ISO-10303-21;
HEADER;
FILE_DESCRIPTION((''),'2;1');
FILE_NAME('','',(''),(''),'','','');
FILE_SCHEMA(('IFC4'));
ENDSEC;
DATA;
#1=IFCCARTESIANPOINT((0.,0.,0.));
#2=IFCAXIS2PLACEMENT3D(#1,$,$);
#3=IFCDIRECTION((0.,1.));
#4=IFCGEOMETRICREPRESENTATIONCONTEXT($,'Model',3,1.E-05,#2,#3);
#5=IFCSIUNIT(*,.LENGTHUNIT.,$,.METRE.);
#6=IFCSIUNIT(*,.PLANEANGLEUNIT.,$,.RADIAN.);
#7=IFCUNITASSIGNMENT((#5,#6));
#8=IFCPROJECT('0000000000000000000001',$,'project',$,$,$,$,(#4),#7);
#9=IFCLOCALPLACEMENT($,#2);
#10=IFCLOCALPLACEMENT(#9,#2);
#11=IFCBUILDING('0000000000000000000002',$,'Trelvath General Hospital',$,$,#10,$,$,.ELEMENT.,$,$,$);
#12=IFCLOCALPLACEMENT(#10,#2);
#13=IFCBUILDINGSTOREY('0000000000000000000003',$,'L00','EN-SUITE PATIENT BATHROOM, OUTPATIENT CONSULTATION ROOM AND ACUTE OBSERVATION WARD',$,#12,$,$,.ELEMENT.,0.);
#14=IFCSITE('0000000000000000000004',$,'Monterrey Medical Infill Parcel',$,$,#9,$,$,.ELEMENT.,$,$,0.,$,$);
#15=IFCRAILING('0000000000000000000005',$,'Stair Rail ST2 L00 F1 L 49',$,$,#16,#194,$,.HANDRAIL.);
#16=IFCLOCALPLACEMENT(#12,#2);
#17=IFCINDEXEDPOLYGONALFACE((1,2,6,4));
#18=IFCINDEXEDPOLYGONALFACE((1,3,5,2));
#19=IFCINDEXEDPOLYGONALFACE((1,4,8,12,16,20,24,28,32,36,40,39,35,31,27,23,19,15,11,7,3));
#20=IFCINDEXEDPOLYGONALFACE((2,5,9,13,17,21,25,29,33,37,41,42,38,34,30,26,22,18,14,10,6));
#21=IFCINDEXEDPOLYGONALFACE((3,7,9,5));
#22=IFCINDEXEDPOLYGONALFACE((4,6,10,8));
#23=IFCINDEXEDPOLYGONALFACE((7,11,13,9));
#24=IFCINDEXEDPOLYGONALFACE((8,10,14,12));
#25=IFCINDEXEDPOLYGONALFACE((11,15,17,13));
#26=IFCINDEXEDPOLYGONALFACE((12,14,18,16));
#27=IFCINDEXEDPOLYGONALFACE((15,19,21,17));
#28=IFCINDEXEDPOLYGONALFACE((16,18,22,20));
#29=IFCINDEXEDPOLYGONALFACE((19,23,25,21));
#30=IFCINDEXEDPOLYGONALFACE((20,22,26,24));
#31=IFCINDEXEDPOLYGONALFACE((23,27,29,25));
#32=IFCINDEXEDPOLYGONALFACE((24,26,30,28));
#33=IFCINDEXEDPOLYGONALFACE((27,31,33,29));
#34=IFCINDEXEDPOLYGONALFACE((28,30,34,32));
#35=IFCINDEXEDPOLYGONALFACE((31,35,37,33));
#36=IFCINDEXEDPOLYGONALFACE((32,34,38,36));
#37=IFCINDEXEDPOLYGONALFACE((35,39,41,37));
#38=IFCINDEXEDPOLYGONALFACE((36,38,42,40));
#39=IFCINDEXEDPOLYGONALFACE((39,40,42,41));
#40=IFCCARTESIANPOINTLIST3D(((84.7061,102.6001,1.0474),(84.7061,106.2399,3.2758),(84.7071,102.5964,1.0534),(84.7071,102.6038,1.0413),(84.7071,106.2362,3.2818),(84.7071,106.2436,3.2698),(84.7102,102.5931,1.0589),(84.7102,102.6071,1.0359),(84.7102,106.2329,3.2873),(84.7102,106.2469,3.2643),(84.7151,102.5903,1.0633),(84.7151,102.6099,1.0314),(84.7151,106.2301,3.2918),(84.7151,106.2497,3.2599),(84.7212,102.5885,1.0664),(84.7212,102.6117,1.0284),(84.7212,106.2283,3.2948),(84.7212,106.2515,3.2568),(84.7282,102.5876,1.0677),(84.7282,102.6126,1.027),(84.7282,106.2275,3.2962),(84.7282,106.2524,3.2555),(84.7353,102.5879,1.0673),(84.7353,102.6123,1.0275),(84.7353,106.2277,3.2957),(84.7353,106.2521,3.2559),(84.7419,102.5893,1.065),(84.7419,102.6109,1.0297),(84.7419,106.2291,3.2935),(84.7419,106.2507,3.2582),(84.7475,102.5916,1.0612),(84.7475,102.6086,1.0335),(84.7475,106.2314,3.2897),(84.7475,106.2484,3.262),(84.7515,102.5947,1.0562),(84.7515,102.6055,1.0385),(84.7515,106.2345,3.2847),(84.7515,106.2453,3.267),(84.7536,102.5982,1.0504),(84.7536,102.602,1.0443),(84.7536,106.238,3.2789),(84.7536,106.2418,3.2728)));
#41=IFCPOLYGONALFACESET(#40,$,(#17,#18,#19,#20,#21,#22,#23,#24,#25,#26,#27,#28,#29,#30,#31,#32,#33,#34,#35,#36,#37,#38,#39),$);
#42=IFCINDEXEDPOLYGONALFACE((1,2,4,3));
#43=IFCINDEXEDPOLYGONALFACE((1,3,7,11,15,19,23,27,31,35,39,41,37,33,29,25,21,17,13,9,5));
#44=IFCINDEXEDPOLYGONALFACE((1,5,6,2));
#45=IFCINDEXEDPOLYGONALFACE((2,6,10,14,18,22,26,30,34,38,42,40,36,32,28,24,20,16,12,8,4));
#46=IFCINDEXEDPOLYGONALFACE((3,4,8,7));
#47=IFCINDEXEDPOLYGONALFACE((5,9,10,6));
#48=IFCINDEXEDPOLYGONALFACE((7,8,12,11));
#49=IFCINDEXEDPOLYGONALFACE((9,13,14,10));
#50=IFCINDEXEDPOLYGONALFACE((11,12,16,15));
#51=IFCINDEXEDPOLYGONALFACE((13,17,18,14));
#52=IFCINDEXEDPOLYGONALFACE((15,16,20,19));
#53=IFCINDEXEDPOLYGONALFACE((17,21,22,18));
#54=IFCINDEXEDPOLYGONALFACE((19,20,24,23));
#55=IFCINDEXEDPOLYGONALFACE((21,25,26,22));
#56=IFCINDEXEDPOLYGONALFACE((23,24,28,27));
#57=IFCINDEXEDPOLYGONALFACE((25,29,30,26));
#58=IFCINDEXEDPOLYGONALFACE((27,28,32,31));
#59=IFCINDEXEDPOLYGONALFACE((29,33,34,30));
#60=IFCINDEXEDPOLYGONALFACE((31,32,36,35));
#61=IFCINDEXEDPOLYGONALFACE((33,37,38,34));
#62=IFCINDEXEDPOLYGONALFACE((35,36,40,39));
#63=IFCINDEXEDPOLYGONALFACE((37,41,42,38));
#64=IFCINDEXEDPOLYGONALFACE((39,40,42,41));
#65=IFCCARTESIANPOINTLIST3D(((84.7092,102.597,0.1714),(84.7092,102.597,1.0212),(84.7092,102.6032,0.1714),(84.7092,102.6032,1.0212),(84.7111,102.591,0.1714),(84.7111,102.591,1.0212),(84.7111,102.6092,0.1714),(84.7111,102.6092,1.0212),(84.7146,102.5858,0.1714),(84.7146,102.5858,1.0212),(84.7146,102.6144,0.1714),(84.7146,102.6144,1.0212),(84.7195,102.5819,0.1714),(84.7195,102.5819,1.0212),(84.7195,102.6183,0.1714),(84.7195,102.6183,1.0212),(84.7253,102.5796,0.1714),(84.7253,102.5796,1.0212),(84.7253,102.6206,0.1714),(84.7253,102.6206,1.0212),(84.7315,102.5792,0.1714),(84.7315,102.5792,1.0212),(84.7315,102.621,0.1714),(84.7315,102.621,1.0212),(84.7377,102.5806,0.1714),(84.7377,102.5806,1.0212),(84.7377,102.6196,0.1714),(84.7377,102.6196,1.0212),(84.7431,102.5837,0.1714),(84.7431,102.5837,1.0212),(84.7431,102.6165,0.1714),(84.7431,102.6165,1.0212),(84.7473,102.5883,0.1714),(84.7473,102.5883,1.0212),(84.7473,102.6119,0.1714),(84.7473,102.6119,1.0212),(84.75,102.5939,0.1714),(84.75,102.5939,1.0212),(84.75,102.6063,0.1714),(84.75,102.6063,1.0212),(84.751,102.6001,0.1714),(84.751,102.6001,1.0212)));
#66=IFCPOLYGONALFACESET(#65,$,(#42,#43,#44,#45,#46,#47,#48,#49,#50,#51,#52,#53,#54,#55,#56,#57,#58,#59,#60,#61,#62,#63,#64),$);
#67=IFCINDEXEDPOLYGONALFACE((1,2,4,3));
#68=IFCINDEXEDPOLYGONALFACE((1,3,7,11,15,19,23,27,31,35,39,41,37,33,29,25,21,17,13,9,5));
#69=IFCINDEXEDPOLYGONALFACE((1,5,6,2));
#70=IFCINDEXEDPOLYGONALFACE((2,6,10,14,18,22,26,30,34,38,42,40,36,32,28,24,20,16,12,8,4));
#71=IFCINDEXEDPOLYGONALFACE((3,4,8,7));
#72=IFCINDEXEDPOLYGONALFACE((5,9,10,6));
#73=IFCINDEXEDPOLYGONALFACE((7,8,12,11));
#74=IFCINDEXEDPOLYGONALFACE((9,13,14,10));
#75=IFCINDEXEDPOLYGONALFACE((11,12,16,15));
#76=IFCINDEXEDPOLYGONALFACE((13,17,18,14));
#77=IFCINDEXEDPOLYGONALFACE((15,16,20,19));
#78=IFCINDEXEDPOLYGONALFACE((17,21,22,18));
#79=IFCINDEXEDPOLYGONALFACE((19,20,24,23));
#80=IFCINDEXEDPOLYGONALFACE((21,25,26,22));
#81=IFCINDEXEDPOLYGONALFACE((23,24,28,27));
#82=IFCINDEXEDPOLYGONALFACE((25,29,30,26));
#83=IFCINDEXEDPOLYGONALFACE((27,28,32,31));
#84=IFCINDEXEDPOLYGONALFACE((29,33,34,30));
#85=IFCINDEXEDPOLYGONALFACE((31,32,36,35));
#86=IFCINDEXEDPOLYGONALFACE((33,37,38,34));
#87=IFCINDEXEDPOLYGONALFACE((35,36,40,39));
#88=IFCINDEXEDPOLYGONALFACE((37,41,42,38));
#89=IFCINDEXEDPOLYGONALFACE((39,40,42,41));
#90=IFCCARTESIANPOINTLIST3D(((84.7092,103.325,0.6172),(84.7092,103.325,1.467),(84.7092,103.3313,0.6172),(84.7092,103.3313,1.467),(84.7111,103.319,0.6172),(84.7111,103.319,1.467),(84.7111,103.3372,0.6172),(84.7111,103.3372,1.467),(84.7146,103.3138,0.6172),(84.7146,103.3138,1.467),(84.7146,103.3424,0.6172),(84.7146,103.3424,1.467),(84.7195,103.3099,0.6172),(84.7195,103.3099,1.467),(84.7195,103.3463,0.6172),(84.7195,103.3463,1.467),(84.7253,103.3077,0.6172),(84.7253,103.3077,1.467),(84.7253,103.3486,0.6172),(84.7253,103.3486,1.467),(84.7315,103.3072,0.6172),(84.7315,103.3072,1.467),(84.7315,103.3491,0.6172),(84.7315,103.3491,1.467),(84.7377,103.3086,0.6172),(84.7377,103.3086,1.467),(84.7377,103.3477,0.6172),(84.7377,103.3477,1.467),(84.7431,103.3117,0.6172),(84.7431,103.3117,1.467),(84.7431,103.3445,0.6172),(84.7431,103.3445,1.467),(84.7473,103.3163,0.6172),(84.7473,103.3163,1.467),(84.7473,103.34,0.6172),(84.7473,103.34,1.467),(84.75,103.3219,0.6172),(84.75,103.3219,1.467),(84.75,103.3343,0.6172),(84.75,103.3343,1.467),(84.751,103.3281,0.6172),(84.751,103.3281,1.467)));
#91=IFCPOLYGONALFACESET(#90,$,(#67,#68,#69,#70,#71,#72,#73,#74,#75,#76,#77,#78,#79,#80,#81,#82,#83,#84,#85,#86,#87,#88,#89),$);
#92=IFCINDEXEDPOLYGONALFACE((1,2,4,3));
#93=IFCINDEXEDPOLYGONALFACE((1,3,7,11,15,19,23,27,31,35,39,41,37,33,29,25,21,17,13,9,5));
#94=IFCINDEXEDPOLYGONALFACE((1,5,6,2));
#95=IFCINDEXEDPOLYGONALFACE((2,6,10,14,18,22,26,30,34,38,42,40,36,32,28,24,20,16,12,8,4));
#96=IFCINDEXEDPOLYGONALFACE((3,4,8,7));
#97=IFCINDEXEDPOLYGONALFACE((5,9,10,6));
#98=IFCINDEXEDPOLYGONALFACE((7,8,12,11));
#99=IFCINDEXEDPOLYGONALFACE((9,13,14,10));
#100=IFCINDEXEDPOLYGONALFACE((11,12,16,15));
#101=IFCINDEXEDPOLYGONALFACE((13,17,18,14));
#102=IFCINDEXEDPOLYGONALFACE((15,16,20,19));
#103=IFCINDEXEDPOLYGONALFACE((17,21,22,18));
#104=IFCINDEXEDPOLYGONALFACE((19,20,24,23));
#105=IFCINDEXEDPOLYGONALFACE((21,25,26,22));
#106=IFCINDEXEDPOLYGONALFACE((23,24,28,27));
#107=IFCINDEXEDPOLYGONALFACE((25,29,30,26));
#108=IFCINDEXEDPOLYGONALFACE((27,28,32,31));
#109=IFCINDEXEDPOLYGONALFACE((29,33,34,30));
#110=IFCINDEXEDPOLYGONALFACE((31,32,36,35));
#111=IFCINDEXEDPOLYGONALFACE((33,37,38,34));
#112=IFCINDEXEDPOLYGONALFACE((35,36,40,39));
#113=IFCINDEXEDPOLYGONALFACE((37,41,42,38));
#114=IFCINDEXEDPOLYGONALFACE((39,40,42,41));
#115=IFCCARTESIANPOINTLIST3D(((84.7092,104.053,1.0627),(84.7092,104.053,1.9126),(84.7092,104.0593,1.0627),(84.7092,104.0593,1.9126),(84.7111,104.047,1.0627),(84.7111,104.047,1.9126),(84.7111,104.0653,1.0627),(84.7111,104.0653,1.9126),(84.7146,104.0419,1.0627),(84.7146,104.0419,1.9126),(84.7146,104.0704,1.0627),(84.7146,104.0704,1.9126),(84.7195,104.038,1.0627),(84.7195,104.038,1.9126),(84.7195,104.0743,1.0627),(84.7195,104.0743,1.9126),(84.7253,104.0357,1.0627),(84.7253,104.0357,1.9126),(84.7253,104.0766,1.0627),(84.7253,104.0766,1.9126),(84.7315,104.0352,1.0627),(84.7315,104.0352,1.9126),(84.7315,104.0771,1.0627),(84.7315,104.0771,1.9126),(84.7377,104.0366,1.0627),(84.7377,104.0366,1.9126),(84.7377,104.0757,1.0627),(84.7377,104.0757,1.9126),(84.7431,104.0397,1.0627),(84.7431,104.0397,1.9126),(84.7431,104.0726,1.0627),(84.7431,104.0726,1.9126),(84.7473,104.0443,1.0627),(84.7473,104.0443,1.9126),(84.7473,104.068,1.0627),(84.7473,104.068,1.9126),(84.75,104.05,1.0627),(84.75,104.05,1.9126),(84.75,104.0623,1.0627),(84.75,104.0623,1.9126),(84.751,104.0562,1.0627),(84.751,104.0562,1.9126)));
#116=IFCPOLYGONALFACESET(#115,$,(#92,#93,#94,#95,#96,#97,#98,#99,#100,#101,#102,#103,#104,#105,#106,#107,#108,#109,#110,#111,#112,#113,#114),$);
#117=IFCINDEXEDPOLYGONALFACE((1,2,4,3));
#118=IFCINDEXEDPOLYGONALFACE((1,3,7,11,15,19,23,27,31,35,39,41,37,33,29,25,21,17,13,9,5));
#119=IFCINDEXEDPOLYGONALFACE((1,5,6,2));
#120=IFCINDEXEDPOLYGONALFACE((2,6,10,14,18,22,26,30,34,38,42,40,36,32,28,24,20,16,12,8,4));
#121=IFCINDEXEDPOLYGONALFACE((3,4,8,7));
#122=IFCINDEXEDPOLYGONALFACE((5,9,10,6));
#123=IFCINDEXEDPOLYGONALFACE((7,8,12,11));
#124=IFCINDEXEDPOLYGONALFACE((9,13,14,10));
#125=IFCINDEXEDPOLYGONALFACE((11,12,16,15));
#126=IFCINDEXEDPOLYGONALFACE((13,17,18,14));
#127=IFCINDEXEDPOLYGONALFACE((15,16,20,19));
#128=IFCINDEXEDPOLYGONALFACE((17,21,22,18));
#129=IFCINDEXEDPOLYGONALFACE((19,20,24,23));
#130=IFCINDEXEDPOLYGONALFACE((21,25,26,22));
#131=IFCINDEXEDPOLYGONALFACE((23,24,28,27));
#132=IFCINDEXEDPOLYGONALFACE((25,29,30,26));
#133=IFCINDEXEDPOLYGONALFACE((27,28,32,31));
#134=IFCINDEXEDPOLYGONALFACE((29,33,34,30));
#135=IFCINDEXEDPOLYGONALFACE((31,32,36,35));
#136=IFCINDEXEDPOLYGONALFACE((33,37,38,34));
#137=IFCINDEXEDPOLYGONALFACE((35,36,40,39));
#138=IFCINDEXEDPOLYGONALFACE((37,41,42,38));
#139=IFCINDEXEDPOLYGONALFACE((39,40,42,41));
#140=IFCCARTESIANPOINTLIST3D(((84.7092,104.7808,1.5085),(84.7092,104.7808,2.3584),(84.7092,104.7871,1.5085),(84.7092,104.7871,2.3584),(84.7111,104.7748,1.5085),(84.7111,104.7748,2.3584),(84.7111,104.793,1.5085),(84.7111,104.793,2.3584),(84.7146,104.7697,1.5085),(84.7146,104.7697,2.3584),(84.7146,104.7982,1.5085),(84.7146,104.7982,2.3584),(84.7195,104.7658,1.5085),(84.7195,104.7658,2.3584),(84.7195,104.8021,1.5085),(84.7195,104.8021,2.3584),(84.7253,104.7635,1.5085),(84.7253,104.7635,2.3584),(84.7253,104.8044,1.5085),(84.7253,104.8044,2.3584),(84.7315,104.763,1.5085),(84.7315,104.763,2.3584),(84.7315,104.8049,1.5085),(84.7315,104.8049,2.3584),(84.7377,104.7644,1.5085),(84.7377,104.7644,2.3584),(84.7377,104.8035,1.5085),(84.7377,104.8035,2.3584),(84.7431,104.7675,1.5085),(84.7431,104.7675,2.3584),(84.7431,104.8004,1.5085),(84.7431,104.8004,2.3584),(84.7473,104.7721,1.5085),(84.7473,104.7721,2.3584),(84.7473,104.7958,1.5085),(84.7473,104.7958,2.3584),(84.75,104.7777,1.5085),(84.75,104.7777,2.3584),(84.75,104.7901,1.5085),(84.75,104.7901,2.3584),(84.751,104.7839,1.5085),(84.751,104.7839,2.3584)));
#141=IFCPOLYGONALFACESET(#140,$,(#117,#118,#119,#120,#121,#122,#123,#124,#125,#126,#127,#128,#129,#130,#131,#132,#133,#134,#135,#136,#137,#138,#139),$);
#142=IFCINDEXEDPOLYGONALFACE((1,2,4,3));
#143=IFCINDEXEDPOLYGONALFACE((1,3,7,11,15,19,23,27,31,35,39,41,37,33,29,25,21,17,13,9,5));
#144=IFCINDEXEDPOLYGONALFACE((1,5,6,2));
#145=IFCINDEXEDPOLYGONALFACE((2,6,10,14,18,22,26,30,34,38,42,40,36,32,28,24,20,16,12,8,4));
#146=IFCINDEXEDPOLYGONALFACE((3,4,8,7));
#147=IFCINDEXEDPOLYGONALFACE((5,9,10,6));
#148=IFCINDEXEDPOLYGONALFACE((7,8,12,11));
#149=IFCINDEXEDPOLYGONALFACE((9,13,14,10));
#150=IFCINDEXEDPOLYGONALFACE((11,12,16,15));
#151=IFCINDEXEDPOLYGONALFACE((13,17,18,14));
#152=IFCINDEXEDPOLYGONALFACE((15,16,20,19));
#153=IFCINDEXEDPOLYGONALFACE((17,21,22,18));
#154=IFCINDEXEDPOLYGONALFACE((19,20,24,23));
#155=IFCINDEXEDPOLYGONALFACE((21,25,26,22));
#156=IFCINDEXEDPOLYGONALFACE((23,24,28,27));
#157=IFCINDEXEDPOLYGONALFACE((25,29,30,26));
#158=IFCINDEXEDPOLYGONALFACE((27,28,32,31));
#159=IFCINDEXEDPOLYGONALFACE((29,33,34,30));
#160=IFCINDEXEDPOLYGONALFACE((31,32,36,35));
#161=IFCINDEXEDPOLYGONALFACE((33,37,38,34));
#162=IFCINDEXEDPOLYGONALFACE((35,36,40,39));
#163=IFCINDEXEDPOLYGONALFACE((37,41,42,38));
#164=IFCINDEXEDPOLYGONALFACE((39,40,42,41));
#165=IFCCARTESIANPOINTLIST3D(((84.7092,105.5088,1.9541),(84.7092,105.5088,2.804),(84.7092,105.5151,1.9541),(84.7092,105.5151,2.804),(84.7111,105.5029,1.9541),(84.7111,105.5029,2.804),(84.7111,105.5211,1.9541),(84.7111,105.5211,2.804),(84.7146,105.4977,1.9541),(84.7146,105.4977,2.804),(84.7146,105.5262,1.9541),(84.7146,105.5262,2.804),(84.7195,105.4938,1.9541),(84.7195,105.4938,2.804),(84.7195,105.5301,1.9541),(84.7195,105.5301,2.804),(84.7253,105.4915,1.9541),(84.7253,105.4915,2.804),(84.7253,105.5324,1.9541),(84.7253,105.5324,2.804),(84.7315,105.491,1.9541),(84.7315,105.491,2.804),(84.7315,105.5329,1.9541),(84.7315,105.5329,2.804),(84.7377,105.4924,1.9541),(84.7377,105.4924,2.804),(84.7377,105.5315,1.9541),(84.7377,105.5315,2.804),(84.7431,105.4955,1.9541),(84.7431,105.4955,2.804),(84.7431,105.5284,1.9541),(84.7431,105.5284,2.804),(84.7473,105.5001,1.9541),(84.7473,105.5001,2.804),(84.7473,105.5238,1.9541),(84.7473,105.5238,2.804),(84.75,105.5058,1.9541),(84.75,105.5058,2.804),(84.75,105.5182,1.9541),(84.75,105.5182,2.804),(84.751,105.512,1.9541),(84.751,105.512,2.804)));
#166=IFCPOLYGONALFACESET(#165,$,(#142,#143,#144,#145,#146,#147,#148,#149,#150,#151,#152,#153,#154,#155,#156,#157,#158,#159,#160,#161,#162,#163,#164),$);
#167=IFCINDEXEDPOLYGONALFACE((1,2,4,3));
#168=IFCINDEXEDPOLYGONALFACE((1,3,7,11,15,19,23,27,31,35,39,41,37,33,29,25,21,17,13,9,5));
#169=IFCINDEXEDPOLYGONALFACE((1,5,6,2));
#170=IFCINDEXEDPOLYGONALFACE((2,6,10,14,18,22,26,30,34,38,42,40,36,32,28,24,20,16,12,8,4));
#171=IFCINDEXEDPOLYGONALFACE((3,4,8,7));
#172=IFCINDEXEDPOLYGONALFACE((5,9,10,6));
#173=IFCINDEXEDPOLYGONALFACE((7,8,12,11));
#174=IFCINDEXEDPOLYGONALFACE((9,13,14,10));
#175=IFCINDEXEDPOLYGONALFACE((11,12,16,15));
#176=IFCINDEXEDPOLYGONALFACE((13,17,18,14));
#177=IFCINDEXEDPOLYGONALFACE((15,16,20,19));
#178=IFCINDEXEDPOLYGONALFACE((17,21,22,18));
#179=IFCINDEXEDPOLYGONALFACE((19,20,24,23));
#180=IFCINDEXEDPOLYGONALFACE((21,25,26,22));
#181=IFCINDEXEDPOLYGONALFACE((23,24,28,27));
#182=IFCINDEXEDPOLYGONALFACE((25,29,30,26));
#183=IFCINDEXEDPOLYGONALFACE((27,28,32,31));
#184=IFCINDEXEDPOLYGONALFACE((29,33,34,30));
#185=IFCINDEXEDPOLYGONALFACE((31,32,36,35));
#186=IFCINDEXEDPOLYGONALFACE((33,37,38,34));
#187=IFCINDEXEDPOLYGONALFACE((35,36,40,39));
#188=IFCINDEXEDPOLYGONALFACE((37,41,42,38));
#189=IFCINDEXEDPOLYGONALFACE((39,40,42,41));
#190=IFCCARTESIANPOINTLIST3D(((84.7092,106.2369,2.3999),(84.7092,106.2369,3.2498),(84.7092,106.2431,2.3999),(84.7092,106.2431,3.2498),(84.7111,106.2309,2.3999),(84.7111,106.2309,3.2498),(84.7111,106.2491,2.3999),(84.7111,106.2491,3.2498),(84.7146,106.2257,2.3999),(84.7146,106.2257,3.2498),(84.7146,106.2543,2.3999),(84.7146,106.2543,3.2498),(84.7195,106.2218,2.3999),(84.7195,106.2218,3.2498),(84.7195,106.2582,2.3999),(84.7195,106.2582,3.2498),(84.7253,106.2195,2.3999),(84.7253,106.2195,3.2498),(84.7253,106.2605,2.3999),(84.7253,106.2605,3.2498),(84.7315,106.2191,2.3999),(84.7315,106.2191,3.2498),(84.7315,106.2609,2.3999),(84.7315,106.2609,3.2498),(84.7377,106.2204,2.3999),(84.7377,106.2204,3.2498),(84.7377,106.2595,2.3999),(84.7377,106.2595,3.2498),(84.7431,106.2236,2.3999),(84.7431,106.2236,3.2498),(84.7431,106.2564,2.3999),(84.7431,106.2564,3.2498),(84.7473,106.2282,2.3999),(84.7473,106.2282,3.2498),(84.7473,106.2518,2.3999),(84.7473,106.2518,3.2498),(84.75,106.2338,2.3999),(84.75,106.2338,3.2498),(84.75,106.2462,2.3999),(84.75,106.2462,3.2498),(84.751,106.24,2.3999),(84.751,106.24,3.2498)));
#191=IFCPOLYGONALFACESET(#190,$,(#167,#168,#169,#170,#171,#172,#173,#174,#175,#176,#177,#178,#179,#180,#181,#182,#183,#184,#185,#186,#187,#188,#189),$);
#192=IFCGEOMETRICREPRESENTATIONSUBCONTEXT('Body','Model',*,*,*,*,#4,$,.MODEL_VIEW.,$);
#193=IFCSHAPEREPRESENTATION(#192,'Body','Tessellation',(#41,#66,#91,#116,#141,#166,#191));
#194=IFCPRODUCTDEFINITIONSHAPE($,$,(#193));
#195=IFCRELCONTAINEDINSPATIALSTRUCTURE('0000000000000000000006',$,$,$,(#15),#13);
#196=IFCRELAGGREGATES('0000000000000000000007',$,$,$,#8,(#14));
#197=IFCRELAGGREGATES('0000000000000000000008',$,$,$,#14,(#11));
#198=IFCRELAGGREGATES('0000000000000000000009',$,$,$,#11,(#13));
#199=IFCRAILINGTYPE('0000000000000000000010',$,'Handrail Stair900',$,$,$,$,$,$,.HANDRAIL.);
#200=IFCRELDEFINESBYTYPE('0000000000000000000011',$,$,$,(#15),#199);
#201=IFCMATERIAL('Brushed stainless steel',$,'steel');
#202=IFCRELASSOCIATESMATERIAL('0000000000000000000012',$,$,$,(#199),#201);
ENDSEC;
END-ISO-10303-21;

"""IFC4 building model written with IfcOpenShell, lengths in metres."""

from ifc_helpers import new_model, si_unit, direction, frame, origin, origin_2d, place, context, subcontext, project, spatial, circle, extrude, material, type_object, element, save


model = new_model("IFC4")

# Units and contexts
model_context = context("Model", 3, precision=1e-05, world=origin(), true_north=direction((0.0, 1.0)))
body_context = subcontext(model_context, "Body", "Model", "MODEL_VIEW")
ifc_project = project(units=[si_unit("LENGTHUNIT", "METRE"), si_unit("PLANEANGLEUNIT", "RADIAN")], contexts=[model_context])

# Site, building, storey
site_placement = place(None, origin())
site = spatial("IfcSite", under=ifc_project, at=site_placement, Name="Monterrey Medical Infill Parcel", CompositionType="ELEMENT", RefElevation=0.0)
building_placement = place(site_placement, origin())
building = spatial("IfcBuilding", under=site, at=building_placement, Name="Trelvath General Hospital", CompositionType="ELEMENT")
storey_placement = place(building_placement, origin())
storey = spatial("IfcBuildingStorey", under=building, at=storey_placement, Name="L00", Description="EN-SUITE PATIENT BATHROOM, OUTPATIENT CONSULTATION ROOM AND ACUTE OBSERVATION WARD", CompositionType="ELEMENT", Elevation=0.0)

# Railing
ifc_material_1 = material(Name="Brushed stainless steel", Category="steel")
railing_type_1 = type_object("IfcRailingType", Name="Handrail Stair900", PredefinedType="HANDRAIL", material=ifc_material_1)
railing_1_placement = place(storey_placement, frame((84.73, 102.6001, 0.1714)))
element("IfcRailing", 1, at=railing_1_placement, inside=storey, type_object=railing_type_1, Name="Stair Rail ST2 L00 F1 L 49", PredefinedType="HANDRAIL", context=body_context, shape_type="SweptSolid", body=[
    extrude(circle(Radius=0.0239, at=origin_2d()), frame((0.0, 0.0, 0.876), z_axis=(0.0, 0.85285, 0.522156), x_axis=(-1.0, 0.0, 0.0)), (0.0, 0.0, 1.0), 4.2678),
    extrude(circle(Radius=0.021, at=origin_2d()), origin(), (0.0, 0.0, 1.0), 0.8499),
    extrude(circle(Radius=0.021, at=origin_2d()), frame((0.0, 0.728, 0.4458)), (0.0, 0.0, 1.0), 0.8499),
    extrude(circle(Radius=0.021, at=origin_2d()), frame((0.0, 1.4561, 0.8914)), (0.0, 0.0, 1.0), 0.8499),
    extrude(circle(Radius=0.021, at=origin_2d()), frame((0.0, 2.1838, 1.3372)), (0.0, 0.0, 1.0), 0.8499),
    extrude(circle(Radius=0.021, at=origin_2d()), frame((0.0, 2.9119, 1.7827)), (0.0, 0.0, 1.0), 0.8499),
    extrude(circle(Radius=0.021, at=origin_2d()), frame((0.0, 3.6399, 2.2285)), (0.0, 0.0, 1.0), 0.8499),
])

save(model, "model.ifc")
